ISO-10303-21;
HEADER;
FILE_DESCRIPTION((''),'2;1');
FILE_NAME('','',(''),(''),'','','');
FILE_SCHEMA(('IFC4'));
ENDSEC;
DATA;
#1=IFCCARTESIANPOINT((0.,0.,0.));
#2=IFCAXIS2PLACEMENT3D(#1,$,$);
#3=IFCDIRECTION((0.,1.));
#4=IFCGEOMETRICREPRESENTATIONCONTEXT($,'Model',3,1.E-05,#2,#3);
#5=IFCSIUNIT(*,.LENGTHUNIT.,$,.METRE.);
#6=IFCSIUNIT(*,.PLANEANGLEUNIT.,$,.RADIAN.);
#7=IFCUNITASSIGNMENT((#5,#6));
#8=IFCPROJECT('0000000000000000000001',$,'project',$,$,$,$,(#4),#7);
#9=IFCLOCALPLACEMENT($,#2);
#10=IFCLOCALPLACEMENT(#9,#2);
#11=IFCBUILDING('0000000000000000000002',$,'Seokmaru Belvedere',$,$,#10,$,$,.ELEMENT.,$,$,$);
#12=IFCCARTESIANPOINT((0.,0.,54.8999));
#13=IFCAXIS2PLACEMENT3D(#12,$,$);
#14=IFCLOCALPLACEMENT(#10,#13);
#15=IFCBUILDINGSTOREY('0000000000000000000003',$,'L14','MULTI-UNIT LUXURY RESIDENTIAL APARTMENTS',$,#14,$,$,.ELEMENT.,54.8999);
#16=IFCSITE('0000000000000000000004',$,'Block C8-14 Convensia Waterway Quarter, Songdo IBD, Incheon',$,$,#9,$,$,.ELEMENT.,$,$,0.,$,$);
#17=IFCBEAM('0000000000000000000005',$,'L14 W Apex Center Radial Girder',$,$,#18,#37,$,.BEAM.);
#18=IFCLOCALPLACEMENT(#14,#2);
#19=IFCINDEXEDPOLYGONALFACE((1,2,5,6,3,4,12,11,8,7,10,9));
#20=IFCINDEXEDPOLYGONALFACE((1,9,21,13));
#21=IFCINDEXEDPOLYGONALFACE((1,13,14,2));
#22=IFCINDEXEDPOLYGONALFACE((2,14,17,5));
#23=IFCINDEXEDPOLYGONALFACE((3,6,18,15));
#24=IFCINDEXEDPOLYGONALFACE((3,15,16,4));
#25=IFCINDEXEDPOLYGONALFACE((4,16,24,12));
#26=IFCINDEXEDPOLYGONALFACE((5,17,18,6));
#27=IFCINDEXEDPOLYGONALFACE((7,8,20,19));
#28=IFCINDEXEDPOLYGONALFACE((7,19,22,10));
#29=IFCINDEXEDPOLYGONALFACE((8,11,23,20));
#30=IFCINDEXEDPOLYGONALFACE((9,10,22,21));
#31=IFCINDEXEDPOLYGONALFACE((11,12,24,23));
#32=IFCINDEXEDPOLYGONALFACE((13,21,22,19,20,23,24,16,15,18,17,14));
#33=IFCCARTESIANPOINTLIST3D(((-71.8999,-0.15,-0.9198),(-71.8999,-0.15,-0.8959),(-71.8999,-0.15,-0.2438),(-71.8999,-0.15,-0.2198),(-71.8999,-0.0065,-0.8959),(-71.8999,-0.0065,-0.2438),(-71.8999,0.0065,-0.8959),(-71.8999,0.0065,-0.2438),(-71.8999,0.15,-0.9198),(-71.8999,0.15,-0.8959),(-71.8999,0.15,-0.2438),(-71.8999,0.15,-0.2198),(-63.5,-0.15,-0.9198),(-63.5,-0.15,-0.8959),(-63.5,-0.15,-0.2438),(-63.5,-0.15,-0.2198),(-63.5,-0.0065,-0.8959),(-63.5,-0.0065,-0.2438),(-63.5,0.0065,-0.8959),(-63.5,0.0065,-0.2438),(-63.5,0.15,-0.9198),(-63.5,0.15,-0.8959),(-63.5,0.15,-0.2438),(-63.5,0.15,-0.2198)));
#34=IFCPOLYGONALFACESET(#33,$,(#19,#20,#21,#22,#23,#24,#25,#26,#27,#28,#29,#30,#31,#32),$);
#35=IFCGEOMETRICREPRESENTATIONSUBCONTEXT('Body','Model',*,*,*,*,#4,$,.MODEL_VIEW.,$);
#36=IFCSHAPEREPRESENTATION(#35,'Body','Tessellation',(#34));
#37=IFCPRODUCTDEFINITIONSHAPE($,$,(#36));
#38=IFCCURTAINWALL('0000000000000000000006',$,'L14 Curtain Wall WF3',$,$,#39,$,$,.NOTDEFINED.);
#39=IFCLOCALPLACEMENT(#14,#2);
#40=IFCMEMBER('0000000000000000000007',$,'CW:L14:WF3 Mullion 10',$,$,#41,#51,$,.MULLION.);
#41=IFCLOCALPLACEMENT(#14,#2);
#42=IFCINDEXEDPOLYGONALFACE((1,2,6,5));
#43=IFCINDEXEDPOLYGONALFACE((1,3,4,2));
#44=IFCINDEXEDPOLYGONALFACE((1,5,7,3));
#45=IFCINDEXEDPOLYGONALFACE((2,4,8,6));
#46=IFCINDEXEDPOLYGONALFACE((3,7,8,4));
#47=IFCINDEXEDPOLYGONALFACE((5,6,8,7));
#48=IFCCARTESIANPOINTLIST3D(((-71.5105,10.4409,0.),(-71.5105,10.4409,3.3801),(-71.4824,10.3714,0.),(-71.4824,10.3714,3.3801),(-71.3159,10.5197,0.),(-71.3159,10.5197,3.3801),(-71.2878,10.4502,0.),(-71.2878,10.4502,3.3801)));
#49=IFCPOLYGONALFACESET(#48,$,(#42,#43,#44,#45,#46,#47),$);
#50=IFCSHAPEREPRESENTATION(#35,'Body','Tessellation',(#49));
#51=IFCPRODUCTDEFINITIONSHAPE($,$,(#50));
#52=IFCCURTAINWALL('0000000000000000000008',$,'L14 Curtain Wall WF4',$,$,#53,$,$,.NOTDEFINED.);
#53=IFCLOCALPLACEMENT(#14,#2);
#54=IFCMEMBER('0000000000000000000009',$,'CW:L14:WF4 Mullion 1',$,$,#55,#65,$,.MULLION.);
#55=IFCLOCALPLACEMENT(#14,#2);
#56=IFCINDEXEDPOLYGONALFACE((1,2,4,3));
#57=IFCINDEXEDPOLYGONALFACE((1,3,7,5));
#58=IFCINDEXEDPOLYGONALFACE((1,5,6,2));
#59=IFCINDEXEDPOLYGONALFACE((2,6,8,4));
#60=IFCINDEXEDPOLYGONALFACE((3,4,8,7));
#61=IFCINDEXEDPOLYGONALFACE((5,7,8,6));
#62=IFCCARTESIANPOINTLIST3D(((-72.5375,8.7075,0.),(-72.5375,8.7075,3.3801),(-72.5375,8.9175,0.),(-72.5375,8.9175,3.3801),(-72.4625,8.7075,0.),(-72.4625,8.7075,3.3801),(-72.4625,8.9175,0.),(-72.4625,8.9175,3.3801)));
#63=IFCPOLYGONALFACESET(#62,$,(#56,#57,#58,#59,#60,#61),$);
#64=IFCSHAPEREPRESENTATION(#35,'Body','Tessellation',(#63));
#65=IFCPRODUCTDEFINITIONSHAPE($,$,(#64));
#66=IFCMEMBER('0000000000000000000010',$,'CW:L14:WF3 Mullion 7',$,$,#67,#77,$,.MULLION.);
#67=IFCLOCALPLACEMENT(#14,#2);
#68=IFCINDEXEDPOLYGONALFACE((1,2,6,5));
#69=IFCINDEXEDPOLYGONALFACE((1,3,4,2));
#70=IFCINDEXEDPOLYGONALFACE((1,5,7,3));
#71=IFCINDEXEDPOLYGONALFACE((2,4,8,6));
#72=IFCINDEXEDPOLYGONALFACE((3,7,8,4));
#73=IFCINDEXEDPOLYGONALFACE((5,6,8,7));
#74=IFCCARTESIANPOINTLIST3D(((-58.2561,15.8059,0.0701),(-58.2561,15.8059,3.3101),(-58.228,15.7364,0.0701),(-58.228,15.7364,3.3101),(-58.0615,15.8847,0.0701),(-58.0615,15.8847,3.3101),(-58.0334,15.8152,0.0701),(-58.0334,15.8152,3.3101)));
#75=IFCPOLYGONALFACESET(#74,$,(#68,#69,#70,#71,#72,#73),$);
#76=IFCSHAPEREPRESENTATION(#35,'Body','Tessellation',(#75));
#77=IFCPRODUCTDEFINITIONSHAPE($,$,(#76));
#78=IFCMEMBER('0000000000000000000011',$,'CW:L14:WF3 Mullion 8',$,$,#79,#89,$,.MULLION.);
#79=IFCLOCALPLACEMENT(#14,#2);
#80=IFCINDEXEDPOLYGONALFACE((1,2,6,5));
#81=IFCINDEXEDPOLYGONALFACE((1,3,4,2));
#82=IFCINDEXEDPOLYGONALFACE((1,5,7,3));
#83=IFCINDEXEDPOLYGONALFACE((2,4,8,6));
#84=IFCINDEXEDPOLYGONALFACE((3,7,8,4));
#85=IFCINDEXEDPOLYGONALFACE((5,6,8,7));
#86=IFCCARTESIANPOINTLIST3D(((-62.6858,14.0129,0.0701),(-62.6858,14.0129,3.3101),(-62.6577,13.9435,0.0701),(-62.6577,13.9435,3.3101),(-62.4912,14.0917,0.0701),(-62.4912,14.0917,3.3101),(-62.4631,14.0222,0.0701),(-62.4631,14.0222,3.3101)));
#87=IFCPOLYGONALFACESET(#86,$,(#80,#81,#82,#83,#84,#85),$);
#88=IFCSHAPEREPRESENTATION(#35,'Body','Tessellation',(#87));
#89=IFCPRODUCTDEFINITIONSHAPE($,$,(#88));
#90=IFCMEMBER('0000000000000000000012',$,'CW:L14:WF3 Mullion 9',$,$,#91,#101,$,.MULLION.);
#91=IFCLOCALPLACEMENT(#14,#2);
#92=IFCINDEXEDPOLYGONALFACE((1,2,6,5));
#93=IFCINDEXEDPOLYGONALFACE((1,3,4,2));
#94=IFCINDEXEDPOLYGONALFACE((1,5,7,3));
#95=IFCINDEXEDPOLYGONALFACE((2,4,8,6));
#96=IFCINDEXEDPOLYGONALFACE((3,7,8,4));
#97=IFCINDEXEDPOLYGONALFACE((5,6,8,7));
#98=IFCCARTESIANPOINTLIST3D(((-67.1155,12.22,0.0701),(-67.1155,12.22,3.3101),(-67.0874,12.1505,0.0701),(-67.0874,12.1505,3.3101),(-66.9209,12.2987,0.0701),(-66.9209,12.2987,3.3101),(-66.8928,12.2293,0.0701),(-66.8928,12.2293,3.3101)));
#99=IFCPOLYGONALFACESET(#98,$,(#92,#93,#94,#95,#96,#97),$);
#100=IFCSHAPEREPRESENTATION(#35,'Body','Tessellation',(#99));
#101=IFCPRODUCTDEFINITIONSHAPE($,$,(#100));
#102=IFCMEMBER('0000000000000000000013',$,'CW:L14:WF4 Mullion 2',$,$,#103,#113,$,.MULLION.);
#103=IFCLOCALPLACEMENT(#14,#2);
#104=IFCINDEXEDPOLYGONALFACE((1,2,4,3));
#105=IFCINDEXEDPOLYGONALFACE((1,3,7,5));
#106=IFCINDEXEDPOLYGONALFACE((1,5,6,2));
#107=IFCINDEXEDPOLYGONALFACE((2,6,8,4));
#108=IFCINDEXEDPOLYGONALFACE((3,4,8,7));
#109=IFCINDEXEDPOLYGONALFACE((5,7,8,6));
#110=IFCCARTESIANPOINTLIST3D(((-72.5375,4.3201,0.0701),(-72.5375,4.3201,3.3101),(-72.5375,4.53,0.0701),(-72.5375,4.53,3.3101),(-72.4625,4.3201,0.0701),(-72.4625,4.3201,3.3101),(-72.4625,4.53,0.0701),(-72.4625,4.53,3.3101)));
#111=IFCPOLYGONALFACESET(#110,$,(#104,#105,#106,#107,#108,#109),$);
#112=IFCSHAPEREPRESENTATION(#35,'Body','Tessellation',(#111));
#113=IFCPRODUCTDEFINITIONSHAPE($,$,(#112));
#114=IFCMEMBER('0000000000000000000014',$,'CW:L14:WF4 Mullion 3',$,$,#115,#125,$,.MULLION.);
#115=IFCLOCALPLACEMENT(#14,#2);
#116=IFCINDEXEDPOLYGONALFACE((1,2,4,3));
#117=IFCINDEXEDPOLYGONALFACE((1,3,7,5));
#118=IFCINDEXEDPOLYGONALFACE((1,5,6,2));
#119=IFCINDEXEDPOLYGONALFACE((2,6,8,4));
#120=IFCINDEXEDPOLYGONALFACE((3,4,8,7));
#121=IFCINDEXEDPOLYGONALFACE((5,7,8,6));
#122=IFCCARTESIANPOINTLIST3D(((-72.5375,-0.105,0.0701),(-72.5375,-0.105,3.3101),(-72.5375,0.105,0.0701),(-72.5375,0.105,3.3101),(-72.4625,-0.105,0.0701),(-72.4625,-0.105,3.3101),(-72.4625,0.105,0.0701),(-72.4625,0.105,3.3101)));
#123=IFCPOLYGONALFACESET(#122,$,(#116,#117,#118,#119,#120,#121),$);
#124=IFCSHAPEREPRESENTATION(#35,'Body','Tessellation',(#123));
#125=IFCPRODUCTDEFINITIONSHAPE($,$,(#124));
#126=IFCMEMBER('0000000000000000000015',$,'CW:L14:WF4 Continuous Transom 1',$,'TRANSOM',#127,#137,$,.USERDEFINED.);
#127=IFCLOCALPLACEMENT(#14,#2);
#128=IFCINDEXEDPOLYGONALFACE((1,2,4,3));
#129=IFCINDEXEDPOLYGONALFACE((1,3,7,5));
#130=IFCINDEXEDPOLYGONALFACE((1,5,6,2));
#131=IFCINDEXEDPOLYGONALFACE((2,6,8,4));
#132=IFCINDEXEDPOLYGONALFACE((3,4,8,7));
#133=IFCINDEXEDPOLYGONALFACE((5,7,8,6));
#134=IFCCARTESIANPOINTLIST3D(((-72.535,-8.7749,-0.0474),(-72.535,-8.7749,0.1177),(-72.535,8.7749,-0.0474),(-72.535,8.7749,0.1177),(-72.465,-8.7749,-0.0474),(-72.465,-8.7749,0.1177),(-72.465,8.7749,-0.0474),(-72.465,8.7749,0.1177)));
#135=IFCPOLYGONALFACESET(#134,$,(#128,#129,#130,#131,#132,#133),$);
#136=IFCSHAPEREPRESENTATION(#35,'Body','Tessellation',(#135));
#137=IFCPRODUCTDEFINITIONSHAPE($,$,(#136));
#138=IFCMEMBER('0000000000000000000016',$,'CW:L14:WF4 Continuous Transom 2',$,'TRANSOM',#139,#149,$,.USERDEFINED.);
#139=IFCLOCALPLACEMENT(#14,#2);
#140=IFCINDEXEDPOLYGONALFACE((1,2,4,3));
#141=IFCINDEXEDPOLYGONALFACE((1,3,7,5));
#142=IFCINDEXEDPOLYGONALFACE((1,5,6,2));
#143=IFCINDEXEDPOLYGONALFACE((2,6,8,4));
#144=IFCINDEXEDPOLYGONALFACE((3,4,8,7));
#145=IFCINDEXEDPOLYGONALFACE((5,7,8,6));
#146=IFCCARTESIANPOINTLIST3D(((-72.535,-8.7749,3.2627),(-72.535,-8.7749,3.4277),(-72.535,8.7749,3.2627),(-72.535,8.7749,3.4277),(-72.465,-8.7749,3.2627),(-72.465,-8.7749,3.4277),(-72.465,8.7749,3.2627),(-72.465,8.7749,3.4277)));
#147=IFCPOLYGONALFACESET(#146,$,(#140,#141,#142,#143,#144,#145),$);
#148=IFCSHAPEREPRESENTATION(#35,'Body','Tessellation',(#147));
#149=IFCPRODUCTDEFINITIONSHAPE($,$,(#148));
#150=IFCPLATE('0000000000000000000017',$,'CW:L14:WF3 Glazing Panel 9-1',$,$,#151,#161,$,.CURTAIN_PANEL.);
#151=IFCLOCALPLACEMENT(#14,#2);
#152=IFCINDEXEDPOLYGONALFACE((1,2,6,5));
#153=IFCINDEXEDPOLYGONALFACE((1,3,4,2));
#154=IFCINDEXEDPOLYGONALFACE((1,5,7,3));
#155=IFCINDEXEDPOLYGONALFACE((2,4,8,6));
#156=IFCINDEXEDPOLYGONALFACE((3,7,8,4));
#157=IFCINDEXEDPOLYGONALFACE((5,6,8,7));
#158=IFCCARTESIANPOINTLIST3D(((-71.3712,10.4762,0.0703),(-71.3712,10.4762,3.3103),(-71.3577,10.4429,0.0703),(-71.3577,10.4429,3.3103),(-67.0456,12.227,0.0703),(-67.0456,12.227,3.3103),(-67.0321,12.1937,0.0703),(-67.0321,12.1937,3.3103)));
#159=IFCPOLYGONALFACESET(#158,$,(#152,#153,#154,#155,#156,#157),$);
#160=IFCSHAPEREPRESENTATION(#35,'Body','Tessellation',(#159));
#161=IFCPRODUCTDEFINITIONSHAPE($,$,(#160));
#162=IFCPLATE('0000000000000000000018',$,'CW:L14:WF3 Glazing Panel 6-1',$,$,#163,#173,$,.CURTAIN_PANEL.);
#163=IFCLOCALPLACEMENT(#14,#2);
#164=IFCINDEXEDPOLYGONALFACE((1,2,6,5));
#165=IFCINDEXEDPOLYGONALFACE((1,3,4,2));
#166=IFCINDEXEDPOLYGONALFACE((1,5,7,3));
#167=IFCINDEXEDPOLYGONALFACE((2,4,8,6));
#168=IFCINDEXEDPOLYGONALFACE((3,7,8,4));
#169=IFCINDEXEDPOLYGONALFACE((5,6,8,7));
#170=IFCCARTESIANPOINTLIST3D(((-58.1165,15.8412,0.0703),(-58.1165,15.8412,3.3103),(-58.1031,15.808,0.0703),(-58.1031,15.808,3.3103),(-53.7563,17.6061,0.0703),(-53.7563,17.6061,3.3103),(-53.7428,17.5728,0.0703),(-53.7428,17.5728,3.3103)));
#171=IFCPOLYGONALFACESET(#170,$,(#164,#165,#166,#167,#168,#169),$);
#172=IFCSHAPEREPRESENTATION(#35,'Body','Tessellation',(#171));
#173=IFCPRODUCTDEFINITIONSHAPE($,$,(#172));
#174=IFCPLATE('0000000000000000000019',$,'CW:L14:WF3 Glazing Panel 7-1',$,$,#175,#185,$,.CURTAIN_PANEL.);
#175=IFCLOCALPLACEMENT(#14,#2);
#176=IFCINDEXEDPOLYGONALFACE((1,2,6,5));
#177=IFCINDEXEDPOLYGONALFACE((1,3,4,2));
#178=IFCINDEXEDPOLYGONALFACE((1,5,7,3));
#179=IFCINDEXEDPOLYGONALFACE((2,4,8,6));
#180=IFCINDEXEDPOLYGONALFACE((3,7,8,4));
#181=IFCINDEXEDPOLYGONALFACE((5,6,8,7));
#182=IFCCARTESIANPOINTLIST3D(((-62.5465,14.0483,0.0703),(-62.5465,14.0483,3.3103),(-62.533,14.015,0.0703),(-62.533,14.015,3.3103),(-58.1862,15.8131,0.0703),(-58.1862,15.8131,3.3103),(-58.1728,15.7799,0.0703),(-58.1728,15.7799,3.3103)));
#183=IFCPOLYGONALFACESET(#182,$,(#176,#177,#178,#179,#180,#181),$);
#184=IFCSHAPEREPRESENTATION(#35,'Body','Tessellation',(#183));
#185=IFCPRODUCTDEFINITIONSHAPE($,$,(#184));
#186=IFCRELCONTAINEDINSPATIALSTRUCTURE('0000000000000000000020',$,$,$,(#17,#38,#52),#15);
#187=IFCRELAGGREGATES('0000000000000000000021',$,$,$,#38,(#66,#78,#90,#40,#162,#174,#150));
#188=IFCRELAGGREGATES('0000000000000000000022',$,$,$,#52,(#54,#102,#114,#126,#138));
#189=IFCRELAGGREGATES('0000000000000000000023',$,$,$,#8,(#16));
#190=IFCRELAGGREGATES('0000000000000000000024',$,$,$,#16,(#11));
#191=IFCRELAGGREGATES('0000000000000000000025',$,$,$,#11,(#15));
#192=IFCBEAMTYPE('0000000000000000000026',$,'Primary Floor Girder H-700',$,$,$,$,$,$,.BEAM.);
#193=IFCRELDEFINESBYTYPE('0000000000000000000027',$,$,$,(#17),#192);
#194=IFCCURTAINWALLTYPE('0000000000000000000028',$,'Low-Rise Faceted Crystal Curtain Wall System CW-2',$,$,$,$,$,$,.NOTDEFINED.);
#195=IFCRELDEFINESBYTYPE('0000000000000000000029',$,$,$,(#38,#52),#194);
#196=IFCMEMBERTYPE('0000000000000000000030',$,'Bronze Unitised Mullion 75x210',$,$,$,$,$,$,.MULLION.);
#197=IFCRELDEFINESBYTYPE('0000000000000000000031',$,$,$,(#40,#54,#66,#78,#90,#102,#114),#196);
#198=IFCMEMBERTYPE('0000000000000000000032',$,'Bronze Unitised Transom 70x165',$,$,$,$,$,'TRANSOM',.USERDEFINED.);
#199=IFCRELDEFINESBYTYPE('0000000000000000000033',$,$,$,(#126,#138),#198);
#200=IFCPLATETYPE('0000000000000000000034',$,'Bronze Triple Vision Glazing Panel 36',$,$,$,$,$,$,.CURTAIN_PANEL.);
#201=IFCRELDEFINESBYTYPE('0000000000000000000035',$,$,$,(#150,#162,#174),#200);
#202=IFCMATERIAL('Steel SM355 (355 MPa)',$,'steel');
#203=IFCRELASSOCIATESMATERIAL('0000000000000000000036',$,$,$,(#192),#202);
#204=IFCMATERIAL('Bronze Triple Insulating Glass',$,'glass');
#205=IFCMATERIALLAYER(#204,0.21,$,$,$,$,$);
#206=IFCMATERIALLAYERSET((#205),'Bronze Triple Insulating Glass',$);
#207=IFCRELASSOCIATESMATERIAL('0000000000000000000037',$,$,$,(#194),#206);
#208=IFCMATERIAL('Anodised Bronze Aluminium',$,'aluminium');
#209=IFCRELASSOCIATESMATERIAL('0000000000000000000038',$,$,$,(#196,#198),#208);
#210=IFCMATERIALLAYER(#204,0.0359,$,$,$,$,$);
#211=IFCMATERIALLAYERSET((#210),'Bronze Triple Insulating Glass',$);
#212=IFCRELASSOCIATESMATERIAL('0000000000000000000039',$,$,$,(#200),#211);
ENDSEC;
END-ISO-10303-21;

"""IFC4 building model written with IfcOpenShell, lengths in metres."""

from ifc_helpers import new_model, si_unit, direction, frame, origin, origin_2d, place, context, subcontext, project, spatial, rectangle, i_section, extrude, source, transform, mapped, material, layer, layer_set, material_profile, profile_set, type_object, type_shapes, element, aggregate, save


model = new_model("IFC4")

# Units and contexts
model_context = context("Model", 3, precision=1e-05, world=origin(), true_north=direction((0.0, 1.0)))
body_context = subcontext(model_context, "Body", "Model", "MODEL_VIEW")
ifc_project = project(units=[si_unit("LENGTHUNIT", "METRE"), si_unit("PLANEANGLEUNIT", "RADIAN")], contexts=[model_context])

# Site, building, storey
site_placement = place(None, origin())
site = spatial("IfcSite", under=ifc_project, at=site_placement, Name="Block C8-14 Convensia Waterway Quarter, Songdo IBD, Incheon", CompositionType="ELEMENT", RefElevation=0.0)
building_placement = place(site_placement, origin())
building = spatial("IfcBuilding", under=site, at=building_placement, Name="Seokmaru Belvedere", CompositionType="ELEMENT")
storey_placement = place(building_placement, frame((0.0, 0.0, 54.8999)))
storey = spatial("IfcBuildingStorey", under=building, at=storey_placement, Name="L14", Description="MULTI-UNIT LUXURY RESIDENTIAL APARTMENTS", CompositionType="ELEMENT", Elevation=54.8999)

# Shared definitions
ifc_material_1 = material(Name="Steel SM355 (355 MPa)", Category="steel")

# Beam
ifc_material_profile_1 = material_profile(ifc_material_1, i_section(OverallWidth=0.3, OverallDepth=0.7, WebThickness=0.0129, FlangeThickness=0.0239, at=origin_2d()), Name="H-700x300x13x24")
ifc_profile_set_1 = profile_set([ifc_material_profile_1], Name="Steel SM355 (355 MPa)")
beam_type_1 = type_object("IfcBeamType", Name="Primary Floor Girder H-700", PredefinedType="BEAM", material=ifc_profile_set_1)
shared_shape_1 = source(origin(), body_context, "Body", "SweptSolid", [
    extrude(i_section(OverallWidth=0.3, OverallDepth=0.7, WebThickness=0.0129, FlangeThickness=0.0239, at=origin_2d()), origin(), (0.0, 0.0, 1.0), 8.3999),
])
beam_1_placement = place(storey_placement, frame((-71.8999, 0.0, -0.5698), z_axis=(1.0, 0.0, 0.0), x_axis=(0.0, 1.0, 0.0)))
element("IfcBeam", 1, at=beam_1_placement, inside=storey, type_object=beam_type_1, Name="L14 W Apex Center Radial Girder", PredefinedType="BEAM", context=body_context, shape_type="MappedRepresentation", body=[
    mapped(shared_shape_1, transform((0.0, 0.0, 0.0), scale=1.0)),
])

# Curtain walls, members
ifc_material_2 = material(Name="Bronze Triple Insulating Glass", Category="glass")
ifc_layer_1 = layer(ifc_material_2, 0.21)
ifc_layer_set_1 = layer_set([ifc_layer_1], Name="Bronze Triple Insulating Glass")
curtain_wall_type = type_object("IfcCurtainWallType", Name="Low-Rise Faceted Crystal Curtain Wall System CW-2", PredefinedType="NOTDEFINED", material=ifc_layer_set_1)
curtain_wall_1_placement = place(storey_placement, origin())
curtain_wall_1 = element("IfcCurtainWall", 2, at=curtain_wall_1_placement, inside=storey, type_object=curtain_wall_type, Name="L14 Curtain Wall WF3", PredefinedType="NOTDEFINED")
ifc_material_3 = material(Name="Anodised Bronze Aluminium", Category="aluminium")
ifc_material_profile_2 = material_profile(ifc_material_3, rectangle(XDim=0.075, YDim=0.21, at=origin_2d()), Name="CW-M-75x210")
ifc_profile_set_2 = profile_set([ifc_material_profile_2], Name="Anodised Bronze Aluminium")
member_type_1 = type_object("IfcMemberType", Name="Bronze Unitised Mullion 75x210", PredefinedType="MULLION", material=ifc_profile_set_2)
shared_shape_2 = source(origin(), body_context, "Body", "SweptSolid", [
    extrude(rectangle(XDim=0.075, YDim=0.21, at=origin_2d()), origin(), (0.0, 0.0, 1.0), 3.3801),
])
member_1_placement = place(storey_placement, frame((-71.3992, 10.4456, 0.0), z_axis=(0.0, 0.0, 1.0), x_axis=(0.375192, -0.926947, 0.0)))
member_1 = element("IfcMember", 3, at=member_1_placement, type_object=member_type_1, Name="CW:L14:WF3 Mullion 10", PredefinedType="MULLION", context=body_context, shape_type="MappedRepresentation", body=[
    mapped(shared_shape_2, transform((0.0, 0.0, 0.0), scale=1.0)),
])
curtain_wall_2_placement = place(storey_placement, origin())
curtain_wall_2 = element("IfcCurtainWall", 4, at=curtain_wall_2_placement, inside=storey, type_object=curtain_wall_type, Name="L14 Curtain Wall WF4", PredefinedType="NOTDEFINED")
member_2_placement = place(storey_placement, frame((-72.5, 8.8125, 0.0), z_axis=(0.0, 0.0, 1.0), x_axis=(1.0, 0.0, 0.0)))
member_2 = element("IfcMember", 5, at=member_2_placement, type_object=member_type_1, Name="CW:L14:WF4 Mullion 1", PredefinedType="MULLION", context=body_context, shape_type="MappedRepresentation", body=[
    mapped(shared_shape_2, transform((0.0, 0.0, 0.0), scale=1.0)),
])

# Members
shared_shape_3 = source(origin(), body_context, "Body", "SweptSolid", [
    extrude(rectangle(XDim=0.075, YDim=0.21, at=origin_2d()), origin(), (0.0, 0.0, 1.0), 3.24),
])
type_shapes(member_type_1, [shared_shape_2, shared_shape_3])
member_3_placement = place(storey_placement, frame((-58.1448, 15.8105, 0.0701), z_axis=(0.0, 0.0, 1.0), x_axis=(0.375192, -0.926947, 0.0)))
member_3 = element("IfcMember", 6, at=member_3_placement, type_object=member_type_1, Name="CW:L14:WF3 Mullion 7", PredefinedType="MULLION", context=body_context, shape_type="MappedRepresentation", body=[
    mapped(shared_shape_3, transform((0.0, 0.0, 0.0), scale=1.0)),
])
member_4_placement = place(storey_placement, frame((-62.5745, 14.0176, 0.0701), z_axis=(0.0, 0.0, 1.0), x_axis=(0.375192, -0.926947, 0.0)))
member_4 = element("IfcMember", 7, at=member_4_placement, type_object=member_type_1, Name="CW:L14:WF3 Mullion 8", PredefinedType="MULLION", context=body_context, shape_type="MappedRepresentation", body=[
    mapped(shared_shape_3, transform((0.0, 0.0, 0.0), scale=1.0)),
])
member_5_placement = place(storey_placement, frame((-67.0042, 12.2246, 0.0701), z_axis=(0.0, 0.0, 1.0), x_axis=(0.375192, -0.926947, 0.0)))
member_5 = element("IfcMember", 8, at=member_5_placement, type_object=member_type_1, Name="CW:L14:WF3 Mullion 9", PredefinedType="MULLION", context=body_context, shape_type="MappedRepresentation", body=[
    mapped(shared_shape_3, transform((0.0, 0.0, 0.0), scale=1.0)),
])
member_6_placement = place(storey_placement, frame((-72.5, 4.425, 0.0701), z_axis=(0.0, 0.0, 1.0), x_axis=(1.0, 0.0, 0.0)))
member_6 = element("IfcMember", 9, at=member_6_placement, type_object=member_type_1, Name="CW:L14:WF4 Mullion 2", PredefinedType="MULLION", context=body_context, shape_type="MappedRepresentation", body=[
    mapped(shared_shape_3, transform((0.0, 0.0, 0.0), scale=1.0)),
])
member_7_placement = place(storey_placement, frame((-72.5, 0.0, 0.0701), z_axis=(0.0, 0.0, 1.0), x_axis=(1.0, 0.0, 0.0)))
member_7 = element("IfcMember", 10, at=member_7_placement, type_object=member_type_1, Name="CW:L14:WF4 Mullion 3", PredefinedType="MULLION", context=body_context, shape_type="MappedRepresentation", body=[
    mapped(shared_shape_3, transform((0.0, 0.0, 0.0), scale=1.0)),
])
ifc_material_profile_3 = material_profile(ifc_material_3, rectangle(XDim=0.0701, YDim=0.165, at=origin_2d()), Name="CW-T-70x165")
ifc_profile_set_3 = profile_set([ifc_material_profile_3], Name="Anodised Bronze Aluminium")
member_type_2 = type_object("IfcMemberType", Name="Bronze Unitised Transom 70x165", ElementType="TRANSOM", PredefinedType="USERDEFINED", material=ifc_profile_set_3)
shared_shape_4 = source(origin(), body_context, "Body", "SweptSolid", [
    extrude(rectangle(XDim=0.0701, YDim=0.165, at=origin_2d()), origin(), (0.0, 0.0, 1.0), 17.5498),
])
type_shapes(member_type_2, [shared_shape_4])
member_8_placement = place(storey_placement, frame((-72.5, 8.7749, 0.0352), z_axis=(0.0, -1.0, 0.0), x_axis=(1.0, 0.0, 0.0)))
member_8 = element("IfcMember", 11, at=member_8_placement, type_object=member_type_2, Name="CW:L14:WF4 Continuous Transom 1", ObjectType="TRANSOM", PredefinedType="USERDEFINED", context=body_context, shape_type="MappedRepresentation", body=[
    mapped(shared_shape_4, transform((0.0, 0.0, 0.0), scale=1.0)),
])
member_9_placement = place(storey_placement, frame((-72.5, 8.7749, 3.3452), z_axis=(0.0, -1.0, 0.0), x_axis=(1.0, 0.0, 0.0)))
member_9 = element("IfcMember", 12, at=member_9_placement, type_object=member_type_2, Name="CW:L14:WF4 Continuous Transom 2", ObjectType="TRANSOM", PredefinedType="USERDEFINED", context=body_context, shape_type="MappedRepresentation", body=[
    mapped(shared_shape_4, transform((0.0, 0.0, 0.0), scale=1.0)),
])

# Plates
ifc_layer_2 = layer(ifc_material_2, 0.0359)
ifc_layer_set_2 = layer_set([ifc_layer_2], Name="Bronze Triple Insulating Glass")
plate_type = type_object("IfcPlateType", Name="Bronze Triple Vision Glazing Panel 36", PredefinedType="CURTAIN_PANEL", material=ifc_layer_set_2)
shared_shape_5 = source(origin(), body_context, "Body", "SweptSolid", [
    extrude(rectangle(XDim=4.6665, YDim=0.0359, at=origin_2d()), origin(), (0.0, 0.0, 1.0), 3.24),
])
plate_1_placement = place(storey_placement, frame((-69.2017, 11.335, 0.0703), z_axis=(0.0, 0.0, 1.0), x_axis=(-0.926947, -0.375192, 0.0)))
plate_1 = element("IfcPlate", 13, at=plate_1_placement, type_object=plate_type, Name="CW:L14:WF3 Glazing Panel 9-1", PredefinedType="CURTAIN_PANEL", context=body_context, shape_type="MappedRepresentation", body=[
    mapped(shared_shape_5, transform((0.0, 0.0, 0.0), scale=1.0)),
])
shared_shape_6 = source(origin(), body_context, "Body", "SweptSolid", [
    extrude(rectangle(XDim=4.7039, YDim=0.0359, at=origin_2d()), origin(), (0.0, 0.0, 1.0), 3.24),
])
plate_2_placement = place(storey_placement, frame((-55.9297, 16.707, 0.0703), z_axis=(0.0, 0.0, 1.0), x_axis=(-0.926947, -0.375192, 0.0)))
plate_2 = element("IfcPlate", 14, at=plate_2_placement, type_object=plate_type, Name="CW:L14:WF3 Glazing Panel 6-1", PredefinedType="CURTAIN_PANEL", context=body_context, shape_type="MappedRepresentation", body=[
    mapped(shared_shape_6, transform((0.0, 0.0, 0.0), scale=1.0)),
])
plate_3_placement = place(storey_placement, frame((-60.3596, 14.9141, 0.0703), z_axis=(0.0, 0.0, 1.0), x_axis=(-0.926947, -0.375192, 0.0)))
plate_3 = element("IfcPlate", 15, at=plate_3_placement, type_object=plate_type, Name="CW:L14:WF3 Glazing Panel 7-1", PredefinedType="CURTAIN_PANEL", context=body_context, shape_type="MappedRepresentation", body=[
    mapped(shared_shape_6, transform((0.0, 0.0, 0.0), scale=1.0)),
])
aggregate(curtain_wall_1, [member_3, member_4, member_5, member_1, plate_2, plate_3, plate_1])
aggregate(curtain_wall_2, [member_2, member_6, member_7, member_8, member_9])

save(model, "model.ifc")
